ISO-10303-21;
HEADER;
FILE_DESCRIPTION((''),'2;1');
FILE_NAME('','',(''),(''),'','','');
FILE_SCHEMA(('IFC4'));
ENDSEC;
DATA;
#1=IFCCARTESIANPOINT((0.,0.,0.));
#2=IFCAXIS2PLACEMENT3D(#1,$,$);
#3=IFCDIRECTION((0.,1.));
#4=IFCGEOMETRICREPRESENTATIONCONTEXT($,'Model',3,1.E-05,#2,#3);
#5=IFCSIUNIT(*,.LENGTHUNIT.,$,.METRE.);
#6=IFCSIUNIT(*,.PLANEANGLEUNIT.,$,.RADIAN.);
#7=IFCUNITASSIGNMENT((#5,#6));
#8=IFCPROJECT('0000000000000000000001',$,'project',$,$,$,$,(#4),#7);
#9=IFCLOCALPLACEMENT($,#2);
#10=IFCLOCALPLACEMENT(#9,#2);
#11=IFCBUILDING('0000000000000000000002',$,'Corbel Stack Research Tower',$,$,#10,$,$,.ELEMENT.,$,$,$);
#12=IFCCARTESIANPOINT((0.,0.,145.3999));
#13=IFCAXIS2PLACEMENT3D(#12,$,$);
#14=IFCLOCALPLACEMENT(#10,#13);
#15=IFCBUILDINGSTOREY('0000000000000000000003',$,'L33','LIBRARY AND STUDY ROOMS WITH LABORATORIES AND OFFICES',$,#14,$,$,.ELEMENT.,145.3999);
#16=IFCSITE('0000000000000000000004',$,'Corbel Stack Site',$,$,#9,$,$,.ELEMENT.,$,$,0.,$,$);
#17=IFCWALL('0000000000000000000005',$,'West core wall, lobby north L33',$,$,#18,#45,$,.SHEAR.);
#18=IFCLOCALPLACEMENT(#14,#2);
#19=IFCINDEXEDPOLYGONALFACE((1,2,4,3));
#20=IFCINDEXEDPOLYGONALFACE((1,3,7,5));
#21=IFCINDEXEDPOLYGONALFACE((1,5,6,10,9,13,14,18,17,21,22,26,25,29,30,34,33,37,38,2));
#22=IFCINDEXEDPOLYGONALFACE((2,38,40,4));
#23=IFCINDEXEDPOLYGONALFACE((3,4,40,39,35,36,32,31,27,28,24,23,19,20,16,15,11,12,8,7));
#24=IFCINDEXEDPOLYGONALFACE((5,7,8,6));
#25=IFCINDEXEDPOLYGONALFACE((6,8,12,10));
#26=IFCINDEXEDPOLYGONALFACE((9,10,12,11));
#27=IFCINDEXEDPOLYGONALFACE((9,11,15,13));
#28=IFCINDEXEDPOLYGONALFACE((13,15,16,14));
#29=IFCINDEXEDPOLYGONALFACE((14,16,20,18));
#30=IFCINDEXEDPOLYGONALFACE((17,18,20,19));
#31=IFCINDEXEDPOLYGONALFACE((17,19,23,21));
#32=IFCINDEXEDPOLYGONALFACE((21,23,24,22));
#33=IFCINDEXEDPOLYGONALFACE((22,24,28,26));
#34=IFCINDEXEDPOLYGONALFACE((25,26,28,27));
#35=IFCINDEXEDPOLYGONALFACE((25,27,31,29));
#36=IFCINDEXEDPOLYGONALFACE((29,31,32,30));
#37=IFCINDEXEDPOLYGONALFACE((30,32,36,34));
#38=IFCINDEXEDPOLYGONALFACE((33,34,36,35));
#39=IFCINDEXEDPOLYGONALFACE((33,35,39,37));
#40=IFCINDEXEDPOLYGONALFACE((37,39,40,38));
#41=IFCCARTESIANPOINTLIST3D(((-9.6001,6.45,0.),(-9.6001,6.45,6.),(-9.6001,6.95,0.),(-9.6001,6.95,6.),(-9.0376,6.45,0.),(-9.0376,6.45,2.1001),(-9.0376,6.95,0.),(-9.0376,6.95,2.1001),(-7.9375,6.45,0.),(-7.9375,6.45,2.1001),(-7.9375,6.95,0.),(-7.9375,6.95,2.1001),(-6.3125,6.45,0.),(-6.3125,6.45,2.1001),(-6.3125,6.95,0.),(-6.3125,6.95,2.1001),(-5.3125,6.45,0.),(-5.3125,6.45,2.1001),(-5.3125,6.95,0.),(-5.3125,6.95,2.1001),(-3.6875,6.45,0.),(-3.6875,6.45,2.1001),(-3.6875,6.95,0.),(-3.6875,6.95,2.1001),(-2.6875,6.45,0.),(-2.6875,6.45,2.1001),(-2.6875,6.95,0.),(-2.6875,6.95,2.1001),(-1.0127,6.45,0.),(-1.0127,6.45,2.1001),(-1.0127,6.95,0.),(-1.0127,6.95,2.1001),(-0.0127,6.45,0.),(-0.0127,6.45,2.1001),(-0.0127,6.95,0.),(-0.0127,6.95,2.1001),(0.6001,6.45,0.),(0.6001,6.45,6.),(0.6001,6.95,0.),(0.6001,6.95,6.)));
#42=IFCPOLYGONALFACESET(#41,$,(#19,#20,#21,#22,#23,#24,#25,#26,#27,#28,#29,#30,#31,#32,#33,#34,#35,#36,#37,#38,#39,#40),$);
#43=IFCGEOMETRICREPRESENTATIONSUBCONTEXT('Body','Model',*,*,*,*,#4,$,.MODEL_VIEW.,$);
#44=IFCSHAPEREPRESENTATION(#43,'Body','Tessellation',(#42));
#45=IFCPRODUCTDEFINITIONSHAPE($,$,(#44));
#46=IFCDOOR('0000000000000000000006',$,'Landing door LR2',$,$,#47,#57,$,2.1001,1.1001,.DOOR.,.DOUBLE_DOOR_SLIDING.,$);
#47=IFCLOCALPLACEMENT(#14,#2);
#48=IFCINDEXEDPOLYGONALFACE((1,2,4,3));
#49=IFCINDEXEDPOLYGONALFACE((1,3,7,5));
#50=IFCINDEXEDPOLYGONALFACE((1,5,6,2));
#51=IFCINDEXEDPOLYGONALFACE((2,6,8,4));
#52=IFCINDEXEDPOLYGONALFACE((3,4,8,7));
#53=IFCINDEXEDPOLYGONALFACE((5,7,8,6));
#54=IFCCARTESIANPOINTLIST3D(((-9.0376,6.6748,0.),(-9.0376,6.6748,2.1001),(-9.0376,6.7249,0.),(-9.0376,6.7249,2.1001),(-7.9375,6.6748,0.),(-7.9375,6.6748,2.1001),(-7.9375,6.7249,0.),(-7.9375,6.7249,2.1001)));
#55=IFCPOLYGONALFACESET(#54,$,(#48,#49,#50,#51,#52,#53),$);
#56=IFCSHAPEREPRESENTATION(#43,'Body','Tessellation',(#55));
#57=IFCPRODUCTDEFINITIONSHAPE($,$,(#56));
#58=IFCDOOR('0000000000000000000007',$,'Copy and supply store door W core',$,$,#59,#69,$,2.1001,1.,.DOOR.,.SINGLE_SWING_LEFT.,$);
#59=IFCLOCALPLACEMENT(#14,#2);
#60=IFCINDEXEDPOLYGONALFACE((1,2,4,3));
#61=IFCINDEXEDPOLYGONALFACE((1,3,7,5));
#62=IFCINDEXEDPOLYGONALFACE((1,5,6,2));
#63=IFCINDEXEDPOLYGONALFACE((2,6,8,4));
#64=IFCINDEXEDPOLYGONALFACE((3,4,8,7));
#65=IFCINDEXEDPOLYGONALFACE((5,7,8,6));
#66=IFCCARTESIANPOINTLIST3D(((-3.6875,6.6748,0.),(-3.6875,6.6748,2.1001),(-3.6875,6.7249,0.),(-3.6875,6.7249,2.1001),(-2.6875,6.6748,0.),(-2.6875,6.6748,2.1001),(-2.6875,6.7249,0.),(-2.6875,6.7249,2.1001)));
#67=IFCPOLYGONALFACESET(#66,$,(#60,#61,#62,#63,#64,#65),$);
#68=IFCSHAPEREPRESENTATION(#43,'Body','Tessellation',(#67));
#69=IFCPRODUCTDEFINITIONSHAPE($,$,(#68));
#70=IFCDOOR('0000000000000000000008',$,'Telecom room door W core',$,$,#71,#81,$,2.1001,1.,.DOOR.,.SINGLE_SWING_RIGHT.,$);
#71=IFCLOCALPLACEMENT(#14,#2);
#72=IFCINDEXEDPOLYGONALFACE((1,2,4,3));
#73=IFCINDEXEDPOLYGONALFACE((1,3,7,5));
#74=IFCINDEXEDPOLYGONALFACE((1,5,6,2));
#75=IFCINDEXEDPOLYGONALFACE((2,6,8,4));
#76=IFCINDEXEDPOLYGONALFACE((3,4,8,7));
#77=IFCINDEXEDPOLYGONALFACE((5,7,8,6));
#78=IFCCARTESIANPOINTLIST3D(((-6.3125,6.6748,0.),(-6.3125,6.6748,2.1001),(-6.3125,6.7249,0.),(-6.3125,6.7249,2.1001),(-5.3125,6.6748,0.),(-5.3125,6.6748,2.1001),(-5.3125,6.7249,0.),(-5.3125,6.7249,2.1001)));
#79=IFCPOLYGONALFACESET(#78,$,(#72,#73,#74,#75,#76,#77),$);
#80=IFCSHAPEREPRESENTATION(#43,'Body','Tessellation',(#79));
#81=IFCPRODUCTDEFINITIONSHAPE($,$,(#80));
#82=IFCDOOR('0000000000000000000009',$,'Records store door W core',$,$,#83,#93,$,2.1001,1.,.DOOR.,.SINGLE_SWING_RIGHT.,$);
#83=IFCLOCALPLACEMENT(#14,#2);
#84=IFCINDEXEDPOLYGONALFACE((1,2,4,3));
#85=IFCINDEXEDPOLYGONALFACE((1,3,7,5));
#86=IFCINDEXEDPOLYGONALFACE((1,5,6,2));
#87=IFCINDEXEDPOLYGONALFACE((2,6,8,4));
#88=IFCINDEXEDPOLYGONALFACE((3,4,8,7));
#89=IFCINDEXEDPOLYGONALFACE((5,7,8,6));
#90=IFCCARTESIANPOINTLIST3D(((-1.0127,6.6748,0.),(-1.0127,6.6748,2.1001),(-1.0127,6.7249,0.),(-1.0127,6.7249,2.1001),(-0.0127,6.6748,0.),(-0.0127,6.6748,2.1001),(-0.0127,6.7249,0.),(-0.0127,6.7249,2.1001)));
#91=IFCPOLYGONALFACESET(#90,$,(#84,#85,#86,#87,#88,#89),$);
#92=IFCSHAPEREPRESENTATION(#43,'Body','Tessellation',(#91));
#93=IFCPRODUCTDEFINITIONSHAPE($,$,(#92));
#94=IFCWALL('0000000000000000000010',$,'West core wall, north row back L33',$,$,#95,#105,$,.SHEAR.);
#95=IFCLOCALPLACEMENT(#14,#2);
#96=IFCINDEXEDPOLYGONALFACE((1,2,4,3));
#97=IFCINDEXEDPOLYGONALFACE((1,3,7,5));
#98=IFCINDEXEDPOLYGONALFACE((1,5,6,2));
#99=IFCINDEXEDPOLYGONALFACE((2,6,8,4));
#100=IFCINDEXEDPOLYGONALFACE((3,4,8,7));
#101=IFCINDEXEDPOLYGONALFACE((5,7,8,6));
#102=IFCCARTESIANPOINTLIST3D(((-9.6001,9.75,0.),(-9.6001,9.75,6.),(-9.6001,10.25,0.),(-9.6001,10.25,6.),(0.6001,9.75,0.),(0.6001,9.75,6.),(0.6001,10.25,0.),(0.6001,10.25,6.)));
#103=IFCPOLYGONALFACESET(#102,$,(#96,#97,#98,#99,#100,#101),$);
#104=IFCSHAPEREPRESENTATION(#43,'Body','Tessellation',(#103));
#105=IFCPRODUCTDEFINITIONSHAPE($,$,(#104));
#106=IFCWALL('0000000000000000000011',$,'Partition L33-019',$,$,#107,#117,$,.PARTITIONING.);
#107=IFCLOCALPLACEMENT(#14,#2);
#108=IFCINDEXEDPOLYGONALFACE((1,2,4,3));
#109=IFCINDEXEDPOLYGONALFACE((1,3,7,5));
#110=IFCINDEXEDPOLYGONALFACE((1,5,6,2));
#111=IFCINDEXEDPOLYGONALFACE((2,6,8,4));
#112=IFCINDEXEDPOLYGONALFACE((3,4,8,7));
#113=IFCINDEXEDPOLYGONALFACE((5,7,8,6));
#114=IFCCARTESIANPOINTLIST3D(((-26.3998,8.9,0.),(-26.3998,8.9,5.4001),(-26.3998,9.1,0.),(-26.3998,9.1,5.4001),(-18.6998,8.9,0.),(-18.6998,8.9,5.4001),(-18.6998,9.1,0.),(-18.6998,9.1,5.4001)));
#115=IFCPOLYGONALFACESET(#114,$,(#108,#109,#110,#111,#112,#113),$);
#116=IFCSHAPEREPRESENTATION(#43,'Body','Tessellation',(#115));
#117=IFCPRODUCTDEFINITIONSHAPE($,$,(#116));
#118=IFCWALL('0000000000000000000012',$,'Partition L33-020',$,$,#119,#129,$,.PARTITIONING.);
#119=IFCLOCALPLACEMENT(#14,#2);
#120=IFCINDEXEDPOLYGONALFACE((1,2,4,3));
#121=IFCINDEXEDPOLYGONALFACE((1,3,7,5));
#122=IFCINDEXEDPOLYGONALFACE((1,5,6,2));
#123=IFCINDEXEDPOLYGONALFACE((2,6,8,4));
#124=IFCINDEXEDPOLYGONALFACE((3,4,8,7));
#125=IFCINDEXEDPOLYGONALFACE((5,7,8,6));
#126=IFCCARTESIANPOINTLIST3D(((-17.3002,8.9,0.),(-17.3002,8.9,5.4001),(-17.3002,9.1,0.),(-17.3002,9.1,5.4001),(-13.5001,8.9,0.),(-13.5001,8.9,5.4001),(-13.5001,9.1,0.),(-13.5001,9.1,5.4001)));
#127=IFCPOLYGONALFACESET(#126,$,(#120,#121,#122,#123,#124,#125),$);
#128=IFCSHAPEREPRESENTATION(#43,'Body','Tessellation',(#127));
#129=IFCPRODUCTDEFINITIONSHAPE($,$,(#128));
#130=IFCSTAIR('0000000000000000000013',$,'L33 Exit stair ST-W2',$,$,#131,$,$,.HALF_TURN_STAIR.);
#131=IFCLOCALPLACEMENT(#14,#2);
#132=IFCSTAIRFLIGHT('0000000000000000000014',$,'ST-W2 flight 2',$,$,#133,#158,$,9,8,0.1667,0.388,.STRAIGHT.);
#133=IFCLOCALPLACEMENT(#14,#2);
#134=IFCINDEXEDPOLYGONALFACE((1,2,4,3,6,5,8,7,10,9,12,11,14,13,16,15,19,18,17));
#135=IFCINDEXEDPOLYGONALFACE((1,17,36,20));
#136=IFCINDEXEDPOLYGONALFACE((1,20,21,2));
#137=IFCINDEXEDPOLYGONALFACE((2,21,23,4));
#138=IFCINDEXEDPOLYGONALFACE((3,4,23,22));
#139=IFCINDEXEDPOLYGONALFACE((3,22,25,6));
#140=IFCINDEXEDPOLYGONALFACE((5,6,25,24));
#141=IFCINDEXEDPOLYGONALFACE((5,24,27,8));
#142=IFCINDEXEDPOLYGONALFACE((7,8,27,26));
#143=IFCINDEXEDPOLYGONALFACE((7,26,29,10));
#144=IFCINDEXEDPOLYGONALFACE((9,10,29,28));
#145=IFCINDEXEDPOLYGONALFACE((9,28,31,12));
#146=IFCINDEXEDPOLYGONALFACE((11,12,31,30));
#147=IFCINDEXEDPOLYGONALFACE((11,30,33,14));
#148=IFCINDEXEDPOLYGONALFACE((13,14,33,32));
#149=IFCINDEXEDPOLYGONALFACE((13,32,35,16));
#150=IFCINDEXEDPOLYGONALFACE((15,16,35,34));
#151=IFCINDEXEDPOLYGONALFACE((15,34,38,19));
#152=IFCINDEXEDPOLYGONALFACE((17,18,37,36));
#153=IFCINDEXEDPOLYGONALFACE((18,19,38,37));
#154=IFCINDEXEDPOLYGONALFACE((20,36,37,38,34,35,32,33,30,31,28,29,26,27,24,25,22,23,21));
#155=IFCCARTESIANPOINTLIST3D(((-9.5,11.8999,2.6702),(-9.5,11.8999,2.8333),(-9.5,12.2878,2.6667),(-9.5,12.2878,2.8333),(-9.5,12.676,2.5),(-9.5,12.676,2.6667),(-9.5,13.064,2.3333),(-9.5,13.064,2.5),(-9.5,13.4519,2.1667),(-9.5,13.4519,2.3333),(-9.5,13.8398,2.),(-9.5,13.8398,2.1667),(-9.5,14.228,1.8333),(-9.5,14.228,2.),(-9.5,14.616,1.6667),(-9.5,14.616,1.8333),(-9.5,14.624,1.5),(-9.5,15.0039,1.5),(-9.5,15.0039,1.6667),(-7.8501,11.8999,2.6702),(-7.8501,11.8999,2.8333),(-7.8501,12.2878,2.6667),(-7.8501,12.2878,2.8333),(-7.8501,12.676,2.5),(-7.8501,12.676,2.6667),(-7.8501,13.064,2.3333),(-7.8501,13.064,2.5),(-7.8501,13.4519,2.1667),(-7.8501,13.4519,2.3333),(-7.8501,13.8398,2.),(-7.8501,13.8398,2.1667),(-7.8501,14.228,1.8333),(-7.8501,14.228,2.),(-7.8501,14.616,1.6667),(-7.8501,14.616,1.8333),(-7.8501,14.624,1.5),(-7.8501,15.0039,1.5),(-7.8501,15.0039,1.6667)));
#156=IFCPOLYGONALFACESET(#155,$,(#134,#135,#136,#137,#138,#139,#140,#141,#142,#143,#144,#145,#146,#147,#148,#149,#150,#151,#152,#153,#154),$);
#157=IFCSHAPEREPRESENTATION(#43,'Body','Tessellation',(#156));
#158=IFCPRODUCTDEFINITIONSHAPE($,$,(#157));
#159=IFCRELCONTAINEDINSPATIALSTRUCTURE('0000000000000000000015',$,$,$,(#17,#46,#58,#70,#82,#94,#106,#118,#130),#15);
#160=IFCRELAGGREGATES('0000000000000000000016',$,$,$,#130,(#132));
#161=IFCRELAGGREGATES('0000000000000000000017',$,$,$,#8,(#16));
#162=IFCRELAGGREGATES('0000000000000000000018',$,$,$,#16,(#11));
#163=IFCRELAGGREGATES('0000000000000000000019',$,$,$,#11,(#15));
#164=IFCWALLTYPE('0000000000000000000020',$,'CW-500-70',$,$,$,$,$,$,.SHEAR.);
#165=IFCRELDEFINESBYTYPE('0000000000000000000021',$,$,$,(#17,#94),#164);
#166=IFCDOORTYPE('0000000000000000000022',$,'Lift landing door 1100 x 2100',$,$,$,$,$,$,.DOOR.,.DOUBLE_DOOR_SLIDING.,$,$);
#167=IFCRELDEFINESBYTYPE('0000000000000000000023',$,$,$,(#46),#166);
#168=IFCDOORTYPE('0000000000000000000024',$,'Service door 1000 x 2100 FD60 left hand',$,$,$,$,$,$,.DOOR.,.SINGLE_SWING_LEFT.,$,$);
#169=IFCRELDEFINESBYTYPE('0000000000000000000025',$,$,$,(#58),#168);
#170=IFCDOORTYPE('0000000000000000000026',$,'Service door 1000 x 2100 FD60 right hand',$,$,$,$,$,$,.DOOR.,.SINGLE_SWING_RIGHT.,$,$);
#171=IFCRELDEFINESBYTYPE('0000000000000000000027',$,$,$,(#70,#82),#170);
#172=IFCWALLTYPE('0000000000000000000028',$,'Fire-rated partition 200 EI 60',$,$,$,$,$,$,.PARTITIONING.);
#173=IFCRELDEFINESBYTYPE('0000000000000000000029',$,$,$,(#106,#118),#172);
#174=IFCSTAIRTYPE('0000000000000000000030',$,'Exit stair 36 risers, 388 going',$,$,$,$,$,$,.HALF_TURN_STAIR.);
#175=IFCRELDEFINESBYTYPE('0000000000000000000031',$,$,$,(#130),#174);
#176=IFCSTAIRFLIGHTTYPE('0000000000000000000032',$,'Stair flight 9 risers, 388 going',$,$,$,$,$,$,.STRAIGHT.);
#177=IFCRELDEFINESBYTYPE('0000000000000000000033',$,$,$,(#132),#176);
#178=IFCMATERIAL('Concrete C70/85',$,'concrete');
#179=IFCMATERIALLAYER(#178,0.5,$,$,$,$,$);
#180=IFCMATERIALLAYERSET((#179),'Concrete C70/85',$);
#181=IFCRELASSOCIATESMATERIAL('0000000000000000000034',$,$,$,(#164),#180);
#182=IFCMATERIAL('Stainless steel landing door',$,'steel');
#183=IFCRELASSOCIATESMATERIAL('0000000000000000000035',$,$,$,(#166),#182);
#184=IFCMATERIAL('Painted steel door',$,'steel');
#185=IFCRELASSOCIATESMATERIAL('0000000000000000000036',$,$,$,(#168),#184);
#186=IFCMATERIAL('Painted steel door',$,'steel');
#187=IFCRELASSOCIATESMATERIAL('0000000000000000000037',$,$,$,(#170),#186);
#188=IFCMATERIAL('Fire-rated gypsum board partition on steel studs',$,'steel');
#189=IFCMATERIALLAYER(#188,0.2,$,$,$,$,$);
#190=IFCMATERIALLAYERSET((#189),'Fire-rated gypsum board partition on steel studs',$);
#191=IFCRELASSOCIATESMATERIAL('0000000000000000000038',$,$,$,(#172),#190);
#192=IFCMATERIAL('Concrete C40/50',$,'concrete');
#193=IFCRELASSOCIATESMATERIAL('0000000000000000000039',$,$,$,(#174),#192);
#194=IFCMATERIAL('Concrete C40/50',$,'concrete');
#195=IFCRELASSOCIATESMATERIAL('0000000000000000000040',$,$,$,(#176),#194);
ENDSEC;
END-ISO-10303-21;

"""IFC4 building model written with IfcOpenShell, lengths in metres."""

from ifc_helpers import new_model, si_unit, direction, frame, frame_2d, origin, place, context, subcontext, project, spatial, polyline, rectangle, outline, extrude, material, layer, layer_set, type_object, element, fill, aggregate, save


model = new_model("IFC4")

# Units and contexts
model_context = context("Model", 3, precision=1e-05, world=origin(), true_north=direction((0.0, 1.0)))
body_context = subcontext(model_context, "Body", "Model", "MODEL_VIEW")
ifc_project = project(units=[si_unit("LENGTHUNIT", "METRE"), si_unit("PLANEANGLEUNIT", "RADIAN")], contexts=[model_context])

# Site, building, storey
site_placement = place(None, origin())
site = spatial("IfcSite", under=ifc_project, at=site_placement, Name="Corbel Stack Site", CompositionType="ELEMENT", RefElevation=0.0)
building_placement = place(site_placement, origin())
building = spatial("IfcBuilding", under=site, at=building_placement, Name="Corbel Stack Research Tower", CompositionType="ELEMENT")
storey_placement = place(building_placement, frame((0.0, 0.0, 145.3999)))
storey = spatial("IfcBuildingStorey", under=building, at=storey_placement, Name="L33", Description="LIBRARY AND STUDY ROOMS WITH LABORATORIES AND OFFICES", CompositionType="ELEMENT", Elevation=145.3999)

# Wall, openings, doors
ifc_material_1 = material(Name="Concrete C70/85", Category="concrete")
ifc_layer_1 = layer(ifc_material_1, 0.5)
ifc_layer_set_1 = layer_set([ifc_layer_1], Name="Concrete C70/85")
wall_type_1 = type_object("IfcWallType", Name="CW-500-70", PredefinedType="SHEAR", material=ifc_layer_set_1)
ifc_material_2 = material(Name="Stainless steel landing door", Category="steel")
door_type_1 = type_object("IfcDoorType", Name="Lift landing door 1100 x 2100", OperationType="DOUBLE_DOOR_SLIDING", PredefinedType="DOOR", material=ifc_material_2)
wall_1_placement = place(storey_placement, frame((-9.6001, 6.7, 0.0), z_axis=(0.0, 0.0, 1.0), x_axis=(1.0, 0.0, 0.0)))
wall_1 = element("IfcWall", 1, at=wall_1_placement, inside=storey, type_object=wall_type_1, Name="West core wall, lobby north L33", PredefinedType="SHEAR", context=body_context, shape_type="SweptSolid", body=[
    extrude(rectangle(XDim=10.2002, YDim=0.5, at=frame_2d((5.1001, 0.0))), origin(), (0.0, 0.0, 1.0), 6.0),
])
opening_1_placement = place(wall_1_placement, frame((0.5625, 0.0, 0.0)))
opening_1 = element("IfcOpeningElement", 2, at=opening_1_placement, cuts=wall_1, PredefinedType="OPENING", context=body_context, shape_type="SweptSolid", body=[
    extrude(rectangle(XDim=1.1001, YDim=2.1001, at=frame_2d((0.55, 1.05))), frame((0.0, 0.26, 0.0), z_axis=(0.0, -1.0, 0.0), x_axis=(1.0, 0.0, 0.0)), (0.0, 0.0, 1.0), 0.52),
])
opening_2_placement = place(wall_1_placement, frame((3.2876, 0.0, 0.0)))
opening_2 = element("IfcOpeningElement", 3, at=opening_2_placement, cuts=wall_1, PredefinedType="OPENING", context=body_context, shape_type="SweptSolid", body=[
    extrude(rectangle(XDim=1.0, YDim=2.1001, at=frame_2d((0.5, 1.05))), frame((0.0, 0.26, 0.0), z_axis=(0.0, -1.0, 0.0), x_axis=(1.0, 0.0, 0.0)), (0.0, 0.0, 1.0), 0.52),
])
opening_3_placement = place(wall_1_placement, frame((5.9126, 0.0, 0.0)))
opening_3 = element("IfcOpeningElement", 4, at=opening_3_placement, cuts=wall_1, PredefinedType="OPENING", context=body_context, shape_type="SweptSolid", body=[
    extrude(rectangle(XDim=1.0, YDim=2.1001, at=frame_2d((0.5, 1.05))), frame((0.0, 0.26, 0.0), z_axis=(0.0, -1.0, 0.0), x_axis=(1.0, 0.0, 0.0)), (0.0, 0.0, 1.0), 0.52),
])
opening_4_placement = place(wall_1_placement, frame((8.5874, 0.0, 0.0)))
opening_4 = element("IfcOpeningElement", 5, at=opening_4_placement, cuts=wall_1, PredefinedType="OPENING", context=body_context, shape_type="SweptSolid", body=[
    extrude(rectangle(XDim=1.0, YDim=2.1001, at=frame_2d((0.5, 1.05))), frame((0.0, 0.26, 0.0), z_axis=(0.0, -1.0, 0.0), x_axis=(1.0, 0.0, 0.0)), (0.0, 0.0, 1.0), 0.52),
])
door_1_placement = place(opening_1_placement, origin())
door_1 = element("IfcDoor", 6, at=door_1_placement, inside=storey, type_object=door_type_1, Name="Landing door LR2", OperationType="DOUBLE_DOOR_SLIDING", OverallHeight=2.1001, OverallWidth=1.1001, PredefinedType="DOOR", context=body_context, shape_type="SweptSolid", body=[
    extrude(rectangle(XDim=1.1001, YDim=2.1001, at=frame_2d((0.55, 1.05))), frame((0.0, 0.0249, 0.0), z_axis=(0.0, -1.0, 0.0), x_axis=(1.0, 0.0, 0.0)), (0.0, 0.0, 1.0), 0.05),
])
fill(opening_1, door_1)
ifc_material_3 = material(Name="Painted steel door", Category="steel")
door_type_2 = type_object("IfcDoorType", Name="Service door 1000 x 2100 FD60 left hand", OperationType="SINGLE_SWING_LEFT", PredefinedType="DOOR", material=ifc_material_3)
door_2_placement = place(opening_3_placement, origin())
door_2 = element("IfcDoor", 7, at=door_2_placement, inside=storey, type_object=door_type_2, Name="Copy and supply store door W core", OperationType="SINGLE_SWING_LEFT", OverallHeight=2.1001, OverallWidth=1.0, PredefinedType="DOOR", context=body_context, shape_type="SweptSolid", body=[
    extrude(rectangle(XDim=1.0, YDim=2.1001, at=frame_2d((0.5, 1.05))), frame((0.0, 0.0249, 0.0), z_axis=(0.0, -1.0, 0.0), x_axis=(1.0, 0.0, 0.0)), (0.0, 0.0, 1.0), 0.05),
])
fill(opening_3, door_2)
ifc_material_4 = material(Name="Painted steel door", Category="steel")
door_type_3 = type_object("IfcDoorType", Name="Service door 1000 x 2100 FD60 right hand", OperationType="SINGLE_SWING_RIGHT", PredefinedType="DOOR", material=ifc_material_4)
door_3_placement = place(opening_2_placement, origin())
door_3 = element("IfcDoor", 8, at=door_3_placement, inside=storey, type_object=door_type_3, Name="Telecom room door W core", OperationType="SINGLE_SWING_RIGHT", OverallHeight=2.1001, OverallWidth=1.0, PredefinedType="DOOR", context=body_context, shape_type="SweptSolid", body=[
    extrude(rectangle(XDim=1.0, YDim=2.1001, at=frame_2d((0.5, 1.05))), frame((0.0, 0.0249, 0.0), z_axis=(0.0, -1.0, 0.0), x_axis=(1.0, 0.0, 0.0)), (0.0, 0.0, 1.0), 0.05),
])
fill(opening_2, door_3)
door_4_placement = place(opening_4_placement, origin())
door_4 = element("IfcDoor", 9, at=door_4_placement, inside=storey, type_object=door_type_3, Name="Records store door W core", OperationType="SINGLE_SWING_RIGHT", OverallHeight=2.1001, OverallWidth=1.0, PredefinedType="DOOR", context=body_context, shape_type="SweptSolid", body=[
    extrude(rectangle(XDim=1.0, YDim=2.1001, at=frame_2d((0.5, 1.05))), frame((0.0, 0.0249, 0.0), z_axis=(0.0, -1.0, 0.0), x_axis=(1.0, 0.0, 0.0)), (0.0, 0.0, 1.0), 0.05),
])
fill(opening_4, door_4)

# Walls
wall_2_placement = place(storey_placement, frame((-9.6001, 10.0, 0.0), z_axis=(0.0, 0.0, 1.0), x_axis=(1.0, 0.0, 0.0)))
element("IfcWall", 10, at=wall_2_placement, inside=storey, type_object=wall_type_1, Name="West core wall, north row back L33", PredefinedType="SHEAR", context=body_context, shape_type="SweptSolid", body=[
    extrude(rectangle(XDim=10.2002, YDim=0.5, at=frame_2d((5.1001, 0.0))), origin(), (0.0, 0.0, 1.0), 6.0),
])
ifc_material_5 = material(Name="Fire-rated gypsum board partition on steel studs", Category="steel")
ifc_layer_2 = layer(ifc_material_5, 0.2)
ifc_layer_set_2 = layer_set([ifc_layer_2], Name="Fire-rated gypsum board partition on steel studs")
wall_type_2 = type_object("IfcWallType", Name="Fire-rated partition 200 EI 60", PredefinedType="PARTITIONING", material=ifc_layer_set_2)
wall_3_placement = place(storey_placement, frame((-26.3999, 9.0, 0.0), z_axis=(0.0, 0.0, 1.0), x_axis=(1.0, 0.0, 0.0)))
element("IfcWall", 11, at=wall_3_placement, inside=storey, type_object=wall_type_2, Name="Partition L33-019", PredefinedType="PARTITIONING", context=body_context, shape_type="SweptSolid", body=[
    extrude(rectangle(XDim=7.7, YDim=0.2, at=frame_2d((3.8501, 0.0))), origin(), (0.0, 0.0, 1.0), 5.4001),
])
wall_4_placement = place(storey_placement, frame((-17.3, 9.0, 0.0), z_axis=(0.0, 0.0, 1.0), x_axis=(1.0, 0.0, 0.0)))
element("IfcWall", 12, at=wall_4_placement, inside=storey, type_object=wall_type_2, Name="Partition L33-020", PredefinedType="PARTITIONING", context=body_context, shape_type="SweptSolid", body=[
    extrude(rectangle(XDim=3.8, YDim=0.2, at=frame_2d((1.8999, 0.0))), origin(), (0.0, 0.0, 1.0), 5.4001),
])

# Stair, stair flight
ifc_material_6 = material(Name="Concrete C40/50", Category="concrete")
stair_type = type_object("IfcStairType", Name="Exit stair 36 risers, 388 going", PredefinedType="HALF_TURN_STAIR", material=ifc_material_6)
stair_placement = place(storey_placement, origin())
stair = element("IfcStair", 13, at=stair_placement, inside=storey, type_object=stair_type, Name="L33 Exit stair ST-W2", PredefinedType="HALF_TURN_STAIR")
ifc_material_7 = material(Name="Concrete C40/50", Category="concrete")
stair_flight_type = type_object("IfcStairFlightType", Name="Stair flight 9 risers, 388 going", PredefinedType="STRAIGHT", material=ifc_material_7)
stair_flight_1_placement = place(storey_placement, frame((-8.675, 15.0039, 1.5), z_axis=(0.0, 0.0, 1.0), x_axis=(0.0, -1.0, 0.0)))
stair_flight_1 = element("IfcStairFlight", 14, at=stair_flight_1_placement, type_object=stair_flight_type, Name="ST-W2 flight 2", NumberOfRisers=9, NumberOfTreads=8, PredefinedType="STRAIGHT", RiserHeight=0.1667, TreadLength=0.388, context=body_context, shape_type="SweptSolid", body=[
    extrude(outline(polyline([(0.0, 0.0), (0.0, 0.1667), (0.3879, 0.1667), (0.3879, 0.3333), (0.7759, 0.3333), (0.7759, 0.5), (1.1641, 0.5), (1.1641, 0.6667), (1.552, 0.6667), (1.552, 0.8333), (1.9399, 0.8333), (1.9399, 1.0), (2.3279, 1.0), (2.3279, 1.1667), (2.7161, 1.1667), (2.7161, 1.3333), (3.104, 1.3333), (3.104, 1.5), (3.104, 1.1702), (0.3799, 0.0), (0.0, 0.0)])), frame((0.0, 0.825, 0.0), z_axis=(0.0, -1.0, 0.0), x_axis=(1.0, 0.0, 0.0)), (0.0, 0.0, 1.0), 1.6499),
])
aggregate(stair, [stair_flight_1])

save(model, "model.ifc")
